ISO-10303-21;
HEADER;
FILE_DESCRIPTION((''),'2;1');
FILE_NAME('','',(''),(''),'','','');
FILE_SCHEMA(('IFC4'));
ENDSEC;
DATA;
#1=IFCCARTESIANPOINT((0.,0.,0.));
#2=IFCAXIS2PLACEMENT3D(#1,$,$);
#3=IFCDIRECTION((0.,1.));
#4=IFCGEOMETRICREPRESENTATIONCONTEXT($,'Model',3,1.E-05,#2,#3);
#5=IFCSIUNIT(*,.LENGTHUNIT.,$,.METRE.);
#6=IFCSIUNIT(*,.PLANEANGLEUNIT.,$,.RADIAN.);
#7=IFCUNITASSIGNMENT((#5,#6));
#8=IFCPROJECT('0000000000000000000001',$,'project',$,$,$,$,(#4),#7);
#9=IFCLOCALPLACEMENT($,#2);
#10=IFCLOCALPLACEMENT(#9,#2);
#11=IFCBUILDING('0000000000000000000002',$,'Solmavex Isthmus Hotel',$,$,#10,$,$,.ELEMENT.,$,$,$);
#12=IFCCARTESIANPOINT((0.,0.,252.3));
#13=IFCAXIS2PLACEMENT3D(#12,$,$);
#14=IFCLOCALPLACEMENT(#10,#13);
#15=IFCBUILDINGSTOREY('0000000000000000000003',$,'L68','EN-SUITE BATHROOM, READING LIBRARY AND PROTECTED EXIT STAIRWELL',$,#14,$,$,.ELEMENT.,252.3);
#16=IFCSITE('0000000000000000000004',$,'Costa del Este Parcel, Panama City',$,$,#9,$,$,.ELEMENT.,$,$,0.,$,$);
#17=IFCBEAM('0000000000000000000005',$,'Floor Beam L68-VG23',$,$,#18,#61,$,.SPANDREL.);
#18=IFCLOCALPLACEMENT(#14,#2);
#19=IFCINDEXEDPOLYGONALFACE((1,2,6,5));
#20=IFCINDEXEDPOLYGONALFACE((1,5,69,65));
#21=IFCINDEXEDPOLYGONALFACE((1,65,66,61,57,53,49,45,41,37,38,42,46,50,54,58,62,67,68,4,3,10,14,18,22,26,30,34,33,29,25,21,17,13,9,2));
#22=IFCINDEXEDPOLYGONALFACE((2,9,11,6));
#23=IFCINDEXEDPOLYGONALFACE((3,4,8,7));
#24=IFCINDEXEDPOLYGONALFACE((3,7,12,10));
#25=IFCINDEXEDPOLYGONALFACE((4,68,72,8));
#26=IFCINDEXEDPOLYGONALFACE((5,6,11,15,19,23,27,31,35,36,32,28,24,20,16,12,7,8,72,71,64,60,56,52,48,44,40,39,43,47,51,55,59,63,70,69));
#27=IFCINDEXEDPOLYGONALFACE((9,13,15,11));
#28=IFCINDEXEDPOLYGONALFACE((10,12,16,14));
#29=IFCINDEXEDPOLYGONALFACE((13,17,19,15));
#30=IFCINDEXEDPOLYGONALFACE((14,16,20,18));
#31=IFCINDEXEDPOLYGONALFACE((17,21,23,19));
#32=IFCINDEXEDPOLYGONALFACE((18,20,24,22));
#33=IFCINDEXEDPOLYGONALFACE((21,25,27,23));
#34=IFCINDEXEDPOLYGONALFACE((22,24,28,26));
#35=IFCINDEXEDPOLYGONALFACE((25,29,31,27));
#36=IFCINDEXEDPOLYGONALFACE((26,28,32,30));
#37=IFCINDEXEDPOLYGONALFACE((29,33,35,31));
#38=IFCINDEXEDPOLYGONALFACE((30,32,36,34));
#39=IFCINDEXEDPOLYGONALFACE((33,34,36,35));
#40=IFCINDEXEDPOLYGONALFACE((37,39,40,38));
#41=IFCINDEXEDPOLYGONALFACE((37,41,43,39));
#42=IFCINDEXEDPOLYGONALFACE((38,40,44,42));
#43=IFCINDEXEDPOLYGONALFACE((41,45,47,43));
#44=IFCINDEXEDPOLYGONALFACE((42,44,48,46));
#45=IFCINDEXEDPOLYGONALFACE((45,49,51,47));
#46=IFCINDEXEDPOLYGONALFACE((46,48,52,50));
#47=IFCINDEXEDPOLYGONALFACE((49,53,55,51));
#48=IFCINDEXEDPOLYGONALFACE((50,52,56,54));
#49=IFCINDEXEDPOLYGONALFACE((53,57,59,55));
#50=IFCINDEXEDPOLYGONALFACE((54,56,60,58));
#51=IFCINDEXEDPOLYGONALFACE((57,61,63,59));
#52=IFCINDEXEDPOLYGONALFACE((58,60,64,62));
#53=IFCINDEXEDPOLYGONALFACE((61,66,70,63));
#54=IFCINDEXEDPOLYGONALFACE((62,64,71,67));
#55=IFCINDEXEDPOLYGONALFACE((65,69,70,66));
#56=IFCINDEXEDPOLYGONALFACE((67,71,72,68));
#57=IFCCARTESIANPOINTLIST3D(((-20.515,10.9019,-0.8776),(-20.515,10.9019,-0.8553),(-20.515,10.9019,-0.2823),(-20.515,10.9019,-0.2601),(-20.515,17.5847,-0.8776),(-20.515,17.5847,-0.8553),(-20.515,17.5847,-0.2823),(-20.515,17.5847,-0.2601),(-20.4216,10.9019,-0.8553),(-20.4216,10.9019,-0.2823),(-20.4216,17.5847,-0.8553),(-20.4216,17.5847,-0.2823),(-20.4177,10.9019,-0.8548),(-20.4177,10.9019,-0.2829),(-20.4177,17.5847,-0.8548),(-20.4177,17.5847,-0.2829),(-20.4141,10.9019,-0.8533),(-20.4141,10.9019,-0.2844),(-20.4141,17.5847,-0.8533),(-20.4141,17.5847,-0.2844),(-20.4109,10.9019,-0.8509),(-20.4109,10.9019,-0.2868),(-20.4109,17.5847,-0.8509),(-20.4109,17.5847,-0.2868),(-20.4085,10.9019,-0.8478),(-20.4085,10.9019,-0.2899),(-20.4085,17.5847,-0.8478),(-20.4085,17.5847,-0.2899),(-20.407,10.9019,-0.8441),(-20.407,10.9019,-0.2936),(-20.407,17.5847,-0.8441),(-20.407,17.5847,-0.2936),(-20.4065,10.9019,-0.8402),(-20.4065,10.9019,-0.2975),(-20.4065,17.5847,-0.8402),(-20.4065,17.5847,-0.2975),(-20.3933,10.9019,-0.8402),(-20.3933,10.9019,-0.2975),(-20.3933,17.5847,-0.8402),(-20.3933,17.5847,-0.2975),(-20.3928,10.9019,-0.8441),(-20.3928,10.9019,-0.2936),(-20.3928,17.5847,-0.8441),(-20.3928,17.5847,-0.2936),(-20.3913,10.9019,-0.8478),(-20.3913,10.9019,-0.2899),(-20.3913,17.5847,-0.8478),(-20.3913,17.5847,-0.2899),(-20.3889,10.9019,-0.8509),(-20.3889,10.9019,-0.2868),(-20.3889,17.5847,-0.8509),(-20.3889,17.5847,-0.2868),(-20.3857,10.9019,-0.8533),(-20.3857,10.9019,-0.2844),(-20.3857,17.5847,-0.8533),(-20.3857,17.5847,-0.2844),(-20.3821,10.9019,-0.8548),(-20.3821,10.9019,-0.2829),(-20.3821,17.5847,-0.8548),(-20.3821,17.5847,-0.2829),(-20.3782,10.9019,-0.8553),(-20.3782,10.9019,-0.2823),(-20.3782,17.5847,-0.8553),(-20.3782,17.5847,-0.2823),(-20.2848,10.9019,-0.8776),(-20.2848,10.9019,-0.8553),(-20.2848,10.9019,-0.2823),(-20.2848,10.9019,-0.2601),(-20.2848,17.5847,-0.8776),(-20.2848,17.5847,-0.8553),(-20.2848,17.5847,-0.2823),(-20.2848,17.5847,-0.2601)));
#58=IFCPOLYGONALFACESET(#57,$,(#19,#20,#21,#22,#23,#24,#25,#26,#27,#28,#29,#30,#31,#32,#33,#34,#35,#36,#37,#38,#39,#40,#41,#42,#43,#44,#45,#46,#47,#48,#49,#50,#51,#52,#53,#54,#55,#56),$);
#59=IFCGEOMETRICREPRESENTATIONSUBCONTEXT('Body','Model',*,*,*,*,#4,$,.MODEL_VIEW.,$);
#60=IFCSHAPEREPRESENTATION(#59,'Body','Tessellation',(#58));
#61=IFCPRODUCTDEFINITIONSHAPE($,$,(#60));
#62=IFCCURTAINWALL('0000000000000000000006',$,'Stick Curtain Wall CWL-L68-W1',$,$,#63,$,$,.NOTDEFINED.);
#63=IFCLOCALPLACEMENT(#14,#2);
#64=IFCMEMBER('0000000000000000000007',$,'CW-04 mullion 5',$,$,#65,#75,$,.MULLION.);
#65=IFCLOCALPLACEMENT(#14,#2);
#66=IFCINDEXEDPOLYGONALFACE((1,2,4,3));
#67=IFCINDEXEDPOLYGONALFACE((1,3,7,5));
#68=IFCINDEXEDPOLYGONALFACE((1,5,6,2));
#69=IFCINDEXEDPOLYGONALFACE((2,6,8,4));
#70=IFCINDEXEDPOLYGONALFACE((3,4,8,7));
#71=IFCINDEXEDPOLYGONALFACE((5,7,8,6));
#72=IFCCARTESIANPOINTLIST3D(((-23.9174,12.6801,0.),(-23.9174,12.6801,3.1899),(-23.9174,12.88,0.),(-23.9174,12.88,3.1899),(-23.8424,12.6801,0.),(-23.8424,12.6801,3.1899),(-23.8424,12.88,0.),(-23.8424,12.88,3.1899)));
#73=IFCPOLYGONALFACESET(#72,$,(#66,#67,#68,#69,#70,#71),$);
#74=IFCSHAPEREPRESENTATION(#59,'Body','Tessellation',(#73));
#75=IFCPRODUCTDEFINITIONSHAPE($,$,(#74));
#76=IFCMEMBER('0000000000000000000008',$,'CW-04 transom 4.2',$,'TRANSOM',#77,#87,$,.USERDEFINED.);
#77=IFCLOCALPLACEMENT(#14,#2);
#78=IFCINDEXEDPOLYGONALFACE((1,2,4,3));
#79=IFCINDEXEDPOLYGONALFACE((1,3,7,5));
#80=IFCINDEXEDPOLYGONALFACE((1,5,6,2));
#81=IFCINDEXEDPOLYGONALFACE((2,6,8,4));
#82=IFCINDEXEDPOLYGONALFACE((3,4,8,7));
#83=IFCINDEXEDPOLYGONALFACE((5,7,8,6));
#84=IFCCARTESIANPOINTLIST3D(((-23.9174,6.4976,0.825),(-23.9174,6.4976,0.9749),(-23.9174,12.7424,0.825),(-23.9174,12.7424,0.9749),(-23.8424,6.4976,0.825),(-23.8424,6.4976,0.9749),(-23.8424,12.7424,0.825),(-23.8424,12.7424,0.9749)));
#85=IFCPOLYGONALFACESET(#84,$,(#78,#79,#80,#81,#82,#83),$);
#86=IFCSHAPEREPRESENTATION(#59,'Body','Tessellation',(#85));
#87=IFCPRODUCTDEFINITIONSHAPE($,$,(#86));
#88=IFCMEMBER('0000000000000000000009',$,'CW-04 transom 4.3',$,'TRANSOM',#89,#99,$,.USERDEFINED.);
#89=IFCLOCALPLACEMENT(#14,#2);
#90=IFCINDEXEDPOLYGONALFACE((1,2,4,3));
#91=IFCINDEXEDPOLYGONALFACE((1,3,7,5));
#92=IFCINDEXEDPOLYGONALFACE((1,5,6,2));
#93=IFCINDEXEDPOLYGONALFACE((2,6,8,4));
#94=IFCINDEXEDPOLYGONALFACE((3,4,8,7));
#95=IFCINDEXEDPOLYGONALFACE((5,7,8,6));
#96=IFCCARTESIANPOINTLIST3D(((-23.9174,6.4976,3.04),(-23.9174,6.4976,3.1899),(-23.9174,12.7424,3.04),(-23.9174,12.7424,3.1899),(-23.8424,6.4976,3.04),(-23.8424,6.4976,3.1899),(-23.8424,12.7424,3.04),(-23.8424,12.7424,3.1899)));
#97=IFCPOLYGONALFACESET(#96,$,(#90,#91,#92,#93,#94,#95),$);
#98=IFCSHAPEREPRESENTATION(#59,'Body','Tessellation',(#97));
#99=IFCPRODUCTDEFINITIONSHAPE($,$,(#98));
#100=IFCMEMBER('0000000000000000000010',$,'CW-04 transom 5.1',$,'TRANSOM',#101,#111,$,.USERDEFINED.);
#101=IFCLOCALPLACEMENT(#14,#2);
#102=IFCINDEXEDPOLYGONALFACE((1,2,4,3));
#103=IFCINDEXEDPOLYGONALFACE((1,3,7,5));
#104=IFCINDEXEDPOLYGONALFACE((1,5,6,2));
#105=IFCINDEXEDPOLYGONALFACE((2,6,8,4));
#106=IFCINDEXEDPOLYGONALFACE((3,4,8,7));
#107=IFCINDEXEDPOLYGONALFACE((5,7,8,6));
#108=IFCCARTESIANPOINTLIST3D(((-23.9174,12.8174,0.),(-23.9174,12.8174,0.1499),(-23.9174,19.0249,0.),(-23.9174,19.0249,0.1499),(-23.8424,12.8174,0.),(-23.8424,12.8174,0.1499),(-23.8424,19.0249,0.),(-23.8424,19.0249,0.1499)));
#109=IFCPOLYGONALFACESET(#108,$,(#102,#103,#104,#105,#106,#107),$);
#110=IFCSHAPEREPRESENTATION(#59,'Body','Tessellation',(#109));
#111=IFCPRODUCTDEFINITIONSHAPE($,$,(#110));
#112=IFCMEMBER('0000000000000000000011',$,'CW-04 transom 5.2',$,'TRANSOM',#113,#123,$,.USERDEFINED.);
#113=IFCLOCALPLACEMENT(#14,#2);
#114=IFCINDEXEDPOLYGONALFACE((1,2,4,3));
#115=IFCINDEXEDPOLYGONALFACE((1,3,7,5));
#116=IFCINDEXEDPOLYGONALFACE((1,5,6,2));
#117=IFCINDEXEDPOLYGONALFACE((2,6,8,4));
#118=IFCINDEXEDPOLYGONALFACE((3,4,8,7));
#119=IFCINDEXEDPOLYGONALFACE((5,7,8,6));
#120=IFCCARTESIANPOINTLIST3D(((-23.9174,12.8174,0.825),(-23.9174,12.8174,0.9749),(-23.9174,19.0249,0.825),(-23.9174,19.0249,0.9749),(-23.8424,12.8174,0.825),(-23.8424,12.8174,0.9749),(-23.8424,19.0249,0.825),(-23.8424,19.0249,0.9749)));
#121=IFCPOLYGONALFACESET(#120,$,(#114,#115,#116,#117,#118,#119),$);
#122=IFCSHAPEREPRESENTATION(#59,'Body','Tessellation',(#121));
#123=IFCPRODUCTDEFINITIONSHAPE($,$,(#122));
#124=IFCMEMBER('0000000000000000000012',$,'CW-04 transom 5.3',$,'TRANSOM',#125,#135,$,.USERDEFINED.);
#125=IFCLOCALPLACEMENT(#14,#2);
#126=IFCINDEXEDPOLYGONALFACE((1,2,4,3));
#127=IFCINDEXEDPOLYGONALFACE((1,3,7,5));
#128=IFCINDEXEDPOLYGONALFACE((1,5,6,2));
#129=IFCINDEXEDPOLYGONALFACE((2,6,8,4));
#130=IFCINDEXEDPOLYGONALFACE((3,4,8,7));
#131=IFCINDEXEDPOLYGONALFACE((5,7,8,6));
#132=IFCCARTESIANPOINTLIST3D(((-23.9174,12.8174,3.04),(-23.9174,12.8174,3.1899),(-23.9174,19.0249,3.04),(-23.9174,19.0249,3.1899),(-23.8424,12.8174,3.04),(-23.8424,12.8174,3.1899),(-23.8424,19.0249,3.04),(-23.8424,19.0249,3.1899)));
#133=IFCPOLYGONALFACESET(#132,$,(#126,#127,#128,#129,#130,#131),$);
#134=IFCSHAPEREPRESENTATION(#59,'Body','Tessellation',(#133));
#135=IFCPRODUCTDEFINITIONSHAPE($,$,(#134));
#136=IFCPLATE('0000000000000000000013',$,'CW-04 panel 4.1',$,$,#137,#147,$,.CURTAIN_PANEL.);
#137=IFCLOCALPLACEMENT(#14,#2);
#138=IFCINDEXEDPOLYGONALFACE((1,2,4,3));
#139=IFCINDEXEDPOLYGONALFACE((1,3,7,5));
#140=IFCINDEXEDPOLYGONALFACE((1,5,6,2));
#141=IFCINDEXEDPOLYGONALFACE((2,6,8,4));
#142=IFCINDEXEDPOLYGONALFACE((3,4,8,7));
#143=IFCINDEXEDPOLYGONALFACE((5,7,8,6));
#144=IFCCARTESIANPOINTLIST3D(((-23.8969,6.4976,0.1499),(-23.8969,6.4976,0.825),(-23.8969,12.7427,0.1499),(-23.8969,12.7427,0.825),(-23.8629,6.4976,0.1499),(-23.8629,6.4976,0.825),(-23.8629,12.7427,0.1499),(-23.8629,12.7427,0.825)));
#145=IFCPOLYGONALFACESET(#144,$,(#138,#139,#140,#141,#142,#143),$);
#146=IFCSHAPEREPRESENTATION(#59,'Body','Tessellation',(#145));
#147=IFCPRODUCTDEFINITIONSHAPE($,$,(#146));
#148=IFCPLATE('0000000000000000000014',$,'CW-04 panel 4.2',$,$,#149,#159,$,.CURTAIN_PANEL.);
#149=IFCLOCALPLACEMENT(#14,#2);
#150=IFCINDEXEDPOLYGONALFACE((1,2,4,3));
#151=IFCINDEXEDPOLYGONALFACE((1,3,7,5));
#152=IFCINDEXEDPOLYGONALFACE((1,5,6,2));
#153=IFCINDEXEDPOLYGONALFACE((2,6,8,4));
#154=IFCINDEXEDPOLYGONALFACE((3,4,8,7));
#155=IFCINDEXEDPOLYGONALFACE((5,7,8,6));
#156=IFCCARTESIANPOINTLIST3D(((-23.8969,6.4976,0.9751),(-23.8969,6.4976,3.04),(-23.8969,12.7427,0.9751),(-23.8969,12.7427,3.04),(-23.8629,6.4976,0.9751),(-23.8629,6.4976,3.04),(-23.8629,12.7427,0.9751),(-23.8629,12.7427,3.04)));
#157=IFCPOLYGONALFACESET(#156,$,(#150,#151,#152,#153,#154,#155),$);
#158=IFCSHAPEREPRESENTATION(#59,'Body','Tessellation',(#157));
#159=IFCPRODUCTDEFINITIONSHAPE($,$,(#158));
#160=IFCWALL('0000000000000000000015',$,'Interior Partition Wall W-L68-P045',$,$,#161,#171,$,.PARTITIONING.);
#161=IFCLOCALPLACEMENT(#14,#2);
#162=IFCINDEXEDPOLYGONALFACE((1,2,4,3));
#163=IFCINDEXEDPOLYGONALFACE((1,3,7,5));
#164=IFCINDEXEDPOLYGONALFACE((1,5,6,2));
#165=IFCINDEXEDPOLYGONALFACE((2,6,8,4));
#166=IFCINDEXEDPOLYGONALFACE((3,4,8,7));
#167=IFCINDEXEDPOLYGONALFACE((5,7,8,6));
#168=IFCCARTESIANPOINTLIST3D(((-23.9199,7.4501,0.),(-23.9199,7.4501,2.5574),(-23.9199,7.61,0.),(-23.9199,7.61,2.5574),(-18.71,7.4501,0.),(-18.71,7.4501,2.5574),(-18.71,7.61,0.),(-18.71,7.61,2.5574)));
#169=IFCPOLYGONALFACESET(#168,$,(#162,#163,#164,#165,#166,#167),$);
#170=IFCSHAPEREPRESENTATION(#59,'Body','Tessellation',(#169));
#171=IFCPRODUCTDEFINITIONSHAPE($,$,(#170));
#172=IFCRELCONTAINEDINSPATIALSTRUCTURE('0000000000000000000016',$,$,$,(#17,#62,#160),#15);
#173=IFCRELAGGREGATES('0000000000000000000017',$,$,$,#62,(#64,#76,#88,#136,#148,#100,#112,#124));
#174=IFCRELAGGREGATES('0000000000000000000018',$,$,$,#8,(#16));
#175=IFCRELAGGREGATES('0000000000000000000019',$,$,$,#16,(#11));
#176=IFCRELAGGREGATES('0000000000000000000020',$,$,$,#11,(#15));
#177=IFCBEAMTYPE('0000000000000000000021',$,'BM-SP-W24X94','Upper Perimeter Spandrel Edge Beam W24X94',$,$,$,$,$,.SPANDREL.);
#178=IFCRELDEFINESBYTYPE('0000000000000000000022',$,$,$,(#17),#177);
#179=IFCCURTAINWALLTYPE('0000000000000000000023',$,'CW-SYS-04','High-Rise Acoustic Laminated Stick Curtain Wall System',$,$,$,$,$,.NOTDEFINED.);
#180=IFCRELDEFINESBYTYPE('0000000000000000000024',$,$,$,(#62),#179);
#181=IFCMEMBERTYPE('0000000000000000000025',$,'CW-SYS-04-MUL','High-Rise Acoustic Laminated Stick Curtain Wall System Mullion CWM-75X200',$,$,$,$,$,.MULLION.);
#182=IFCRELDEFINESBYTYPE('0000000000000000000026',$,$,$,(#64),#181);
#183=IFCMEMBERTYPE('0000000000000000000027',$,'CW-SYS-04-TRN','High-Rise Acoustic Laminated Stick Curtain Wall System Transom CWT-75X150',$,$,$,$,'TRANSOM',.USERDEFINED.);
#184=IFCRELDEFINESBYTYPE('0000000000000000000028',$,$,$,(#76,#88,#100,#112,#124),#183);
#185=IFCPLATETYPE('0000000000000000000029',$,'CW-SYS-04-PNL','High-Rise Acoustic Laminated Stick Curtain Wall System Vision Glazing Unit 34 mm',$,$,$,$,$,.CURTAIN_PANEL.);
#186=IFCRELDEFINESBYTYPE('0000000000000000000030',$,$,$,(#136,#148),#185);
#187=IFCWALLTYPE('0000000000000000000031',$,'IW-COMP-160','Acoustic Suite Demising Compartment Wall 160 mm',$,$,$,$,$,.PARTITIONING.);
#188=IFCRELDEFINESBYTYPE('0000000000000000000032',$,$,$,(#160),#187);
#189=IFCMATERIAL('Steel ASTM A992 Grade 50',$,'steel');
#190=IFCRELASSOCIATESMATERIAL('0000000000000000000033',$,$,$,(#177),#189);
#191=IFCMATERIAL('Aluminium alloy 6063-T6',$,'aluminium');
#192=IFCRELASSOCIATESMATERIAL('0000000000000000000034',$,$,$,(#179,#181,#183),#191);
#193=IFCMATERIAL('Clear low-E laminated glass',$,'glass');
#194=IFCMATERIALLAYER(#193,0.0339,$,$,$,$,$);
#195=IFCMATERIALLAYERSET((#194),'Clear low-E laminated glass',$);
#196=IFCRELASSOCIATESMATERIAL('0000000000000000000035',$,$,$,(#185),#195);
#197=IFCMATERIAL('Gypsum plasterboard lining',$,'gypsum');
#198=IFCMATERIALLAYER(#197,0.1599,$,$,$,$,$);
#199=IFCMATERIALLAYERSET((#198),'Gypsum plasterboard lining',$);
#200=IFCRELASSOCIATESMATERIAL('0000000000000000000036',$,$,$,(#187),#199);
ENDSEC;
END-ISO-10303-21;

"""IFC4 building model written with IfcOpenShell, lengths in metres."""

from ifc_helpers import new_model, si_unit, direction, frame, frame_2d, origin, origin_2d, place, context, subcontext, project, spatial, rectangle, i_section, extrude, material, layer, layer_set, material_profile, profile_set, type_object, element, aggregate, save


model = new_model("IFC4")

# Units and contexts
model_context = context("Model", 3, precision=1e-05, world=origin(), true_north=direction((0.0, 1.0)))
body_context = subcontext(model_context, "Body", "Model", "MODEL_VIEW")
ifc_project = project(units=[si_unit("LENGTHUNIT", "METRE"), si_unit("PLANEANGLEUNIT", "RADIAN")], contexts=[model_context])

# Site, building, storey
site_placement = place(None, origin())
site = spatial("IfcSite", under=ifc_project, at=site_placement, Name="Costa del Este Parcel, Panama City", CompositionType="ELEMENT", RefElevation=0.0)
building_placement = place(site_placement, origin())
building = spatial("IfcBuilding", under=site, at=building_placement, Name="Solmavex Isthmus Hotel", CompositionType="ELEMENT")
storey_placement = place(building_placement, frame((0.0, 0.0, 252.3)))
storey = spatial("IfcBuildingStorey", under=building, at=storey_placement, Name="L68", Description="EN-SUITE BATHROOM, READING LIBRARY AND PROTECTED EXIT STAIRWELL", CompositionType="ELEMENT", Elevation=252.3)

# Beam
ifc_material_1 = material(Name="Steel ASTM A992 Grade 50", Category="steel")
ifc_material_profile_1 = material_profile(ifc_material_1, i_section(OverallWidth=0.2302, OverallDepth=0.6174, WebThickness=0.0132, FlangeThickness=0.0222, FilletRadius=0.0151, at=origin_2d()), Name="W24X94")
ifc_profile_set_1 = profile_set([ifc_material_profile_1], Name="Steel ASTM A992 Grade 50")
beam_type_1 = type_object("IfcBeamType", Name="BM-SP-W24X94", Description="Upper Perimeter Spandrel Edge Beam W24X94", PredefinedType="SPANDREL", material=ifc_profile_set_1)
beam_1_placement = place(storey_placement, frame((-20.3999, 10.9019, -0.5688), z_axis=(0.0, 1.0, 0.0), x_axis=(-1.0, 0.0, 0.0)))
element("IfcBeam", 1, at=beam_1_placement, inside=storey, type_object=beam_type_1, Name="Floor Beam L68-VG23", PredefinedType="SPANDREL", context=body_context, shape_type="SweptSolid", body=[
    extrude(i_section(OverallWidth=0.2302, OverallDepth=0.6174, WebThickness=0.0132, FlangeThickness=0.0222, FilletRadius=0.0151, at=origin_2d()), origin(), (0.0, 0.0, 1.0), 6.6829),
])

# Curtain wall, members, plates
ifc_material_2 = material(Name="Aluminium alloy 6063-T6", Category="aluminium")
curtain_wall_type = type_object("IfcCurtainWallType", Name="CW-SYS-04", Description="High-Rise Acoustic Laminated Stick Curtain Wall System", PredefinedType="NOTDEFINED", material=ifc_material_2)
curtain_wall_placement = place(storey_placement, origin())
curtain_wall = element("IfcCurtainWall", 2, at=curtain_wall_placement, inside=storey, type_object=curtain_wall_type, Name="Stick Curtain Wall CWL-L68-W1", PredefinedType="NOTDEFINED")
ifc_material_profile_2 = material_profile(ifc_material_2, rectangle(XDim=0.075, YDim=0.2, at=origin_2d()), Name="CWM-75X200")
ifc_profile_set_2 = profile_set([ifc_material_profile_2], Name="Aluminium alloy 6063-T6")
member_type_1 = type_object("IfcMemberType", Name="CW-SYS-04-MUL", Description="High-Rise Acoustic Laminated Stick Curtain Wall System Mullion CWM-75X200", PredefinedType="MULLION", material=ifc_profile_set_2)
member_1_placement = place(storey_placement, frame((-23.8799, 12.78, 0.0), z_axis=(0.0, 0.0, 1.0), x_axis=(-1.0, 0.0, 0.0)))
member_1 = element("IfcMember", 3, at=member_1_placement, type_object=member_type_1, Name="CW-04 mullion 5", PredefinedType="MULLION", context=body_context, shape_type="SweptSolid", body=[
    extrude(rectangle(XDim=0.075, YDim=0.2, at=origin_2d()), origin(), (0.0, 0.0, 1.0), 3.1899),
])
ifc_material_profile_3 = material_profile(ifc_material_2, rectangle(XDim=0.075, YDim=0.1499, at=origin_2d()), Name="CWT-75X150")
ifc_profile_set_3 = profile_set([ifc_material_profile_3], Name="Aluminium alloy 6063-T6")
member_type_2 = type_object("IfcMemberType", Name="CW-SYS-04-TRN", Description="High-Rise Acoustic Laminated Stick Curtain Wall System Transom CWT-75X150", ElementType="TRANSOM", PredefinedType="USERDEFINED", material=ifc_profile_set_3)
member_2_placement = place(storey_placement, frame((-23.8799, 6.4976, 0.8999), z_axis=(0.0, 1.0, 0.0), x_axis=(-1.0, 0.0, 0.0)))
member_2 = element("IfcMember", 4, at=member_2_placement, type_object=member_type_2, Name="CW-04 transom 4.2", ObjectType="TRANSOM", PredefinedType="USERDEFINED", context=body_context, shape_type="SweptSolid", body=[
    extrude(rectangle(XDim=0.075, YDim=0.1499, at=origin_2d()), origin(), (0.0, 0.0, 1.0), 6.2449),
])
member_3_placement = place(storey_placement, frame((-23.8799, 6.4976, 3.115), z_axis=(0.0, 1.0, 0.0), x_axis=(-1.0, 0.0, 0.0)))
member_3 = element("IfcMember", 5, at=member_3_placement, type_object=member_type_2, Name="CW-04 transom 4.3", ObjectType="TRANSOM", PredefinedType="USERDEFINED", context=body_context, shape_type="SweptSolid", body=[
    extrude(rectangle(XDim=0.075, YDim=0.1499, at=origin_2d()), origin(), (0.0, 0.0, 1.0), 6.2449),
])
member_4_placement = place(storey_placement, frame((-23.8799, 12.8174, 0.075), z_axis=(0.0, 1.0, 0.0), x_axis=(-1.0, 0.0, 0.0)))
member_4 = element("IfcMember", 6, at=member_4_placement, type_object=member_type_2, Name="CW-04 transom 5.1", ObjectType="TRANSOM", PredefinedType="USERDEFINED", context=body_context, shape_type="SweptSolid", body=[
    extrude(rectangle(XDim=0.075, YDim=0.1499, at=origin_2d()), origin(), (0.0, 0.0, 1.0), 6.2075),
])
member_5_placement = place(storey_placement, frame((-23.8799, 12.8174, 0.8999), z_axis=(0.0, 1.0, 0.0), x_axis=(-1.0, 0.0, 0.0)))
member_5 = element("IfcMember", 7, at=member_5_placement, type_object=member_type_2, Name="CW-04 transom 5.2", ObjectType="TRANSOM", PredefinedType="USERDEFINED", context=body_context, shape_type="SweptSolid", body=[
    extrude(rectangle(XDim=0.075, YDim=0.1499, at=origin_2d()), origin(), (0.0, 0.0, 1.0), 6.2075),
])
member_6_placement = place(storey_placement, frame((-23.8799, 12.8174, 3.115), z_axis=(0.0, 1.0, 0.0), x_axis=(-1.0, 0.0, 0.0)))
member_6 = element("IfcMember", 8, at=member_6_placement, type_object=member_type_2, Name="CW-04 transom 5.3", ObjectType="TRANSOM", PredefinedType="USERDEFINED", context=body_context, shape_type="SweptSolid", body=[
    extrude(rectangle(XDim=0.075, YDim=0.1499, at=origin_2d()), origin(), (0.0, 0.0, 1.0), 6.2075),
])
ifc_material_3 = material(Name="Clear low-E laminated glass", Category="glass")
ifc_layer_1 = layer(ifc_material_3, 0.0339)
ifc_layer_set_1 = layer_set([ifc_layer_1], Name="Clear low-E laminated glass")
plate_type = type_object("IfcPlateType", Name="CW-SYS-04-PNL", Description="High-Rise Acoustic Laminated Stick Curtain Wall System Vision Glazing Unit 34 mm", PredefinedType="CURTAIN_PANEL", material=ifc_layer_set_1)
plate_1_placement = place(storey_placement, frame((-23.8799, 9.6201, 0.1499), z_axis=(0.0, 0.0, 1.0), x_axis=(0.0, 1.0, 0.0)))
plate_1 = element("IfcPlate", 9, at=plate_1_placement, type_object=plate_type, Name="CW-04 panel 4.1", PredefinedType="CURTAIN_PANEL", context=body_context, shape_type="SweptSolid", body=[
    extrude(rectangle(XDim=6.2451, YDim=0.0339, at=origin_2d()), origin(), (0.0, 0.0, 1.0), 0.675),
])
plate_2_placement = place(storey_placement, frame((-23.8799, 9.6201, 0.9751), z_axis=(0.0, 0.0, 1.0), x_axis=(0.0, 1.0, 0.0)))
plate_2 = element("IfcPlate", 10, at=plate_2_placement, type_object=plate_type, Name="CW-04 panel 4.2", PredefinedType="CURTAIN_PANEL", context=body_context, shape_type="SweptSolid", body=[
    extrude(rectangle(XDim=6.2451, YDim=0.0339, at=origin_2d()), origin(), (0.0, 0.0, 1.0), 2.0649),
])
aggregate(curtain_wall, [member_1, member_2, member_3, plate_1, plate_2, member_4, member_5, member_6])

# Wall
ifc_material_4 = material(Name="Gypsum plasterboard lining", Category="gypsum")
ifc_layer_2 = layer(ifc_material_4, 0.1599)
ifc_layer_set_2 = layer_set([ifc_layer_2], Name="Gypsum plasterboard lining")
wall_type_1 = type_object("IfcWallType", Name="IW-COMP-160", Description="Acoustic Suite Demising Compartment Wall 160 mm", PredefinedType="PARTITIONING", material=ifc_layer_set_2)
wall_1_placement = place(storey_placement, frame((-18.71, 7.53, 0.0), z_axis=(0.0, 0.0, 1.0), x_axis=(-1.0, 0.0, 0.0)))
element("IfcWall", 11, at=wall_1_placement, inside=storey, type_object=wall_type_1, Name="Interior Partition Wall W-L68-P045", PredefinedType="PARTITIONING", context=body_context, shape_type="SweptSolid", body=[
    extrude(rectangle(XDim=5.21, YDim=0.1599, at=frame_2d((2.605, 0.0))), origin(), (0.0, 0.0, 1.0), 2.5574),
])

save(model, "model.ifc")
